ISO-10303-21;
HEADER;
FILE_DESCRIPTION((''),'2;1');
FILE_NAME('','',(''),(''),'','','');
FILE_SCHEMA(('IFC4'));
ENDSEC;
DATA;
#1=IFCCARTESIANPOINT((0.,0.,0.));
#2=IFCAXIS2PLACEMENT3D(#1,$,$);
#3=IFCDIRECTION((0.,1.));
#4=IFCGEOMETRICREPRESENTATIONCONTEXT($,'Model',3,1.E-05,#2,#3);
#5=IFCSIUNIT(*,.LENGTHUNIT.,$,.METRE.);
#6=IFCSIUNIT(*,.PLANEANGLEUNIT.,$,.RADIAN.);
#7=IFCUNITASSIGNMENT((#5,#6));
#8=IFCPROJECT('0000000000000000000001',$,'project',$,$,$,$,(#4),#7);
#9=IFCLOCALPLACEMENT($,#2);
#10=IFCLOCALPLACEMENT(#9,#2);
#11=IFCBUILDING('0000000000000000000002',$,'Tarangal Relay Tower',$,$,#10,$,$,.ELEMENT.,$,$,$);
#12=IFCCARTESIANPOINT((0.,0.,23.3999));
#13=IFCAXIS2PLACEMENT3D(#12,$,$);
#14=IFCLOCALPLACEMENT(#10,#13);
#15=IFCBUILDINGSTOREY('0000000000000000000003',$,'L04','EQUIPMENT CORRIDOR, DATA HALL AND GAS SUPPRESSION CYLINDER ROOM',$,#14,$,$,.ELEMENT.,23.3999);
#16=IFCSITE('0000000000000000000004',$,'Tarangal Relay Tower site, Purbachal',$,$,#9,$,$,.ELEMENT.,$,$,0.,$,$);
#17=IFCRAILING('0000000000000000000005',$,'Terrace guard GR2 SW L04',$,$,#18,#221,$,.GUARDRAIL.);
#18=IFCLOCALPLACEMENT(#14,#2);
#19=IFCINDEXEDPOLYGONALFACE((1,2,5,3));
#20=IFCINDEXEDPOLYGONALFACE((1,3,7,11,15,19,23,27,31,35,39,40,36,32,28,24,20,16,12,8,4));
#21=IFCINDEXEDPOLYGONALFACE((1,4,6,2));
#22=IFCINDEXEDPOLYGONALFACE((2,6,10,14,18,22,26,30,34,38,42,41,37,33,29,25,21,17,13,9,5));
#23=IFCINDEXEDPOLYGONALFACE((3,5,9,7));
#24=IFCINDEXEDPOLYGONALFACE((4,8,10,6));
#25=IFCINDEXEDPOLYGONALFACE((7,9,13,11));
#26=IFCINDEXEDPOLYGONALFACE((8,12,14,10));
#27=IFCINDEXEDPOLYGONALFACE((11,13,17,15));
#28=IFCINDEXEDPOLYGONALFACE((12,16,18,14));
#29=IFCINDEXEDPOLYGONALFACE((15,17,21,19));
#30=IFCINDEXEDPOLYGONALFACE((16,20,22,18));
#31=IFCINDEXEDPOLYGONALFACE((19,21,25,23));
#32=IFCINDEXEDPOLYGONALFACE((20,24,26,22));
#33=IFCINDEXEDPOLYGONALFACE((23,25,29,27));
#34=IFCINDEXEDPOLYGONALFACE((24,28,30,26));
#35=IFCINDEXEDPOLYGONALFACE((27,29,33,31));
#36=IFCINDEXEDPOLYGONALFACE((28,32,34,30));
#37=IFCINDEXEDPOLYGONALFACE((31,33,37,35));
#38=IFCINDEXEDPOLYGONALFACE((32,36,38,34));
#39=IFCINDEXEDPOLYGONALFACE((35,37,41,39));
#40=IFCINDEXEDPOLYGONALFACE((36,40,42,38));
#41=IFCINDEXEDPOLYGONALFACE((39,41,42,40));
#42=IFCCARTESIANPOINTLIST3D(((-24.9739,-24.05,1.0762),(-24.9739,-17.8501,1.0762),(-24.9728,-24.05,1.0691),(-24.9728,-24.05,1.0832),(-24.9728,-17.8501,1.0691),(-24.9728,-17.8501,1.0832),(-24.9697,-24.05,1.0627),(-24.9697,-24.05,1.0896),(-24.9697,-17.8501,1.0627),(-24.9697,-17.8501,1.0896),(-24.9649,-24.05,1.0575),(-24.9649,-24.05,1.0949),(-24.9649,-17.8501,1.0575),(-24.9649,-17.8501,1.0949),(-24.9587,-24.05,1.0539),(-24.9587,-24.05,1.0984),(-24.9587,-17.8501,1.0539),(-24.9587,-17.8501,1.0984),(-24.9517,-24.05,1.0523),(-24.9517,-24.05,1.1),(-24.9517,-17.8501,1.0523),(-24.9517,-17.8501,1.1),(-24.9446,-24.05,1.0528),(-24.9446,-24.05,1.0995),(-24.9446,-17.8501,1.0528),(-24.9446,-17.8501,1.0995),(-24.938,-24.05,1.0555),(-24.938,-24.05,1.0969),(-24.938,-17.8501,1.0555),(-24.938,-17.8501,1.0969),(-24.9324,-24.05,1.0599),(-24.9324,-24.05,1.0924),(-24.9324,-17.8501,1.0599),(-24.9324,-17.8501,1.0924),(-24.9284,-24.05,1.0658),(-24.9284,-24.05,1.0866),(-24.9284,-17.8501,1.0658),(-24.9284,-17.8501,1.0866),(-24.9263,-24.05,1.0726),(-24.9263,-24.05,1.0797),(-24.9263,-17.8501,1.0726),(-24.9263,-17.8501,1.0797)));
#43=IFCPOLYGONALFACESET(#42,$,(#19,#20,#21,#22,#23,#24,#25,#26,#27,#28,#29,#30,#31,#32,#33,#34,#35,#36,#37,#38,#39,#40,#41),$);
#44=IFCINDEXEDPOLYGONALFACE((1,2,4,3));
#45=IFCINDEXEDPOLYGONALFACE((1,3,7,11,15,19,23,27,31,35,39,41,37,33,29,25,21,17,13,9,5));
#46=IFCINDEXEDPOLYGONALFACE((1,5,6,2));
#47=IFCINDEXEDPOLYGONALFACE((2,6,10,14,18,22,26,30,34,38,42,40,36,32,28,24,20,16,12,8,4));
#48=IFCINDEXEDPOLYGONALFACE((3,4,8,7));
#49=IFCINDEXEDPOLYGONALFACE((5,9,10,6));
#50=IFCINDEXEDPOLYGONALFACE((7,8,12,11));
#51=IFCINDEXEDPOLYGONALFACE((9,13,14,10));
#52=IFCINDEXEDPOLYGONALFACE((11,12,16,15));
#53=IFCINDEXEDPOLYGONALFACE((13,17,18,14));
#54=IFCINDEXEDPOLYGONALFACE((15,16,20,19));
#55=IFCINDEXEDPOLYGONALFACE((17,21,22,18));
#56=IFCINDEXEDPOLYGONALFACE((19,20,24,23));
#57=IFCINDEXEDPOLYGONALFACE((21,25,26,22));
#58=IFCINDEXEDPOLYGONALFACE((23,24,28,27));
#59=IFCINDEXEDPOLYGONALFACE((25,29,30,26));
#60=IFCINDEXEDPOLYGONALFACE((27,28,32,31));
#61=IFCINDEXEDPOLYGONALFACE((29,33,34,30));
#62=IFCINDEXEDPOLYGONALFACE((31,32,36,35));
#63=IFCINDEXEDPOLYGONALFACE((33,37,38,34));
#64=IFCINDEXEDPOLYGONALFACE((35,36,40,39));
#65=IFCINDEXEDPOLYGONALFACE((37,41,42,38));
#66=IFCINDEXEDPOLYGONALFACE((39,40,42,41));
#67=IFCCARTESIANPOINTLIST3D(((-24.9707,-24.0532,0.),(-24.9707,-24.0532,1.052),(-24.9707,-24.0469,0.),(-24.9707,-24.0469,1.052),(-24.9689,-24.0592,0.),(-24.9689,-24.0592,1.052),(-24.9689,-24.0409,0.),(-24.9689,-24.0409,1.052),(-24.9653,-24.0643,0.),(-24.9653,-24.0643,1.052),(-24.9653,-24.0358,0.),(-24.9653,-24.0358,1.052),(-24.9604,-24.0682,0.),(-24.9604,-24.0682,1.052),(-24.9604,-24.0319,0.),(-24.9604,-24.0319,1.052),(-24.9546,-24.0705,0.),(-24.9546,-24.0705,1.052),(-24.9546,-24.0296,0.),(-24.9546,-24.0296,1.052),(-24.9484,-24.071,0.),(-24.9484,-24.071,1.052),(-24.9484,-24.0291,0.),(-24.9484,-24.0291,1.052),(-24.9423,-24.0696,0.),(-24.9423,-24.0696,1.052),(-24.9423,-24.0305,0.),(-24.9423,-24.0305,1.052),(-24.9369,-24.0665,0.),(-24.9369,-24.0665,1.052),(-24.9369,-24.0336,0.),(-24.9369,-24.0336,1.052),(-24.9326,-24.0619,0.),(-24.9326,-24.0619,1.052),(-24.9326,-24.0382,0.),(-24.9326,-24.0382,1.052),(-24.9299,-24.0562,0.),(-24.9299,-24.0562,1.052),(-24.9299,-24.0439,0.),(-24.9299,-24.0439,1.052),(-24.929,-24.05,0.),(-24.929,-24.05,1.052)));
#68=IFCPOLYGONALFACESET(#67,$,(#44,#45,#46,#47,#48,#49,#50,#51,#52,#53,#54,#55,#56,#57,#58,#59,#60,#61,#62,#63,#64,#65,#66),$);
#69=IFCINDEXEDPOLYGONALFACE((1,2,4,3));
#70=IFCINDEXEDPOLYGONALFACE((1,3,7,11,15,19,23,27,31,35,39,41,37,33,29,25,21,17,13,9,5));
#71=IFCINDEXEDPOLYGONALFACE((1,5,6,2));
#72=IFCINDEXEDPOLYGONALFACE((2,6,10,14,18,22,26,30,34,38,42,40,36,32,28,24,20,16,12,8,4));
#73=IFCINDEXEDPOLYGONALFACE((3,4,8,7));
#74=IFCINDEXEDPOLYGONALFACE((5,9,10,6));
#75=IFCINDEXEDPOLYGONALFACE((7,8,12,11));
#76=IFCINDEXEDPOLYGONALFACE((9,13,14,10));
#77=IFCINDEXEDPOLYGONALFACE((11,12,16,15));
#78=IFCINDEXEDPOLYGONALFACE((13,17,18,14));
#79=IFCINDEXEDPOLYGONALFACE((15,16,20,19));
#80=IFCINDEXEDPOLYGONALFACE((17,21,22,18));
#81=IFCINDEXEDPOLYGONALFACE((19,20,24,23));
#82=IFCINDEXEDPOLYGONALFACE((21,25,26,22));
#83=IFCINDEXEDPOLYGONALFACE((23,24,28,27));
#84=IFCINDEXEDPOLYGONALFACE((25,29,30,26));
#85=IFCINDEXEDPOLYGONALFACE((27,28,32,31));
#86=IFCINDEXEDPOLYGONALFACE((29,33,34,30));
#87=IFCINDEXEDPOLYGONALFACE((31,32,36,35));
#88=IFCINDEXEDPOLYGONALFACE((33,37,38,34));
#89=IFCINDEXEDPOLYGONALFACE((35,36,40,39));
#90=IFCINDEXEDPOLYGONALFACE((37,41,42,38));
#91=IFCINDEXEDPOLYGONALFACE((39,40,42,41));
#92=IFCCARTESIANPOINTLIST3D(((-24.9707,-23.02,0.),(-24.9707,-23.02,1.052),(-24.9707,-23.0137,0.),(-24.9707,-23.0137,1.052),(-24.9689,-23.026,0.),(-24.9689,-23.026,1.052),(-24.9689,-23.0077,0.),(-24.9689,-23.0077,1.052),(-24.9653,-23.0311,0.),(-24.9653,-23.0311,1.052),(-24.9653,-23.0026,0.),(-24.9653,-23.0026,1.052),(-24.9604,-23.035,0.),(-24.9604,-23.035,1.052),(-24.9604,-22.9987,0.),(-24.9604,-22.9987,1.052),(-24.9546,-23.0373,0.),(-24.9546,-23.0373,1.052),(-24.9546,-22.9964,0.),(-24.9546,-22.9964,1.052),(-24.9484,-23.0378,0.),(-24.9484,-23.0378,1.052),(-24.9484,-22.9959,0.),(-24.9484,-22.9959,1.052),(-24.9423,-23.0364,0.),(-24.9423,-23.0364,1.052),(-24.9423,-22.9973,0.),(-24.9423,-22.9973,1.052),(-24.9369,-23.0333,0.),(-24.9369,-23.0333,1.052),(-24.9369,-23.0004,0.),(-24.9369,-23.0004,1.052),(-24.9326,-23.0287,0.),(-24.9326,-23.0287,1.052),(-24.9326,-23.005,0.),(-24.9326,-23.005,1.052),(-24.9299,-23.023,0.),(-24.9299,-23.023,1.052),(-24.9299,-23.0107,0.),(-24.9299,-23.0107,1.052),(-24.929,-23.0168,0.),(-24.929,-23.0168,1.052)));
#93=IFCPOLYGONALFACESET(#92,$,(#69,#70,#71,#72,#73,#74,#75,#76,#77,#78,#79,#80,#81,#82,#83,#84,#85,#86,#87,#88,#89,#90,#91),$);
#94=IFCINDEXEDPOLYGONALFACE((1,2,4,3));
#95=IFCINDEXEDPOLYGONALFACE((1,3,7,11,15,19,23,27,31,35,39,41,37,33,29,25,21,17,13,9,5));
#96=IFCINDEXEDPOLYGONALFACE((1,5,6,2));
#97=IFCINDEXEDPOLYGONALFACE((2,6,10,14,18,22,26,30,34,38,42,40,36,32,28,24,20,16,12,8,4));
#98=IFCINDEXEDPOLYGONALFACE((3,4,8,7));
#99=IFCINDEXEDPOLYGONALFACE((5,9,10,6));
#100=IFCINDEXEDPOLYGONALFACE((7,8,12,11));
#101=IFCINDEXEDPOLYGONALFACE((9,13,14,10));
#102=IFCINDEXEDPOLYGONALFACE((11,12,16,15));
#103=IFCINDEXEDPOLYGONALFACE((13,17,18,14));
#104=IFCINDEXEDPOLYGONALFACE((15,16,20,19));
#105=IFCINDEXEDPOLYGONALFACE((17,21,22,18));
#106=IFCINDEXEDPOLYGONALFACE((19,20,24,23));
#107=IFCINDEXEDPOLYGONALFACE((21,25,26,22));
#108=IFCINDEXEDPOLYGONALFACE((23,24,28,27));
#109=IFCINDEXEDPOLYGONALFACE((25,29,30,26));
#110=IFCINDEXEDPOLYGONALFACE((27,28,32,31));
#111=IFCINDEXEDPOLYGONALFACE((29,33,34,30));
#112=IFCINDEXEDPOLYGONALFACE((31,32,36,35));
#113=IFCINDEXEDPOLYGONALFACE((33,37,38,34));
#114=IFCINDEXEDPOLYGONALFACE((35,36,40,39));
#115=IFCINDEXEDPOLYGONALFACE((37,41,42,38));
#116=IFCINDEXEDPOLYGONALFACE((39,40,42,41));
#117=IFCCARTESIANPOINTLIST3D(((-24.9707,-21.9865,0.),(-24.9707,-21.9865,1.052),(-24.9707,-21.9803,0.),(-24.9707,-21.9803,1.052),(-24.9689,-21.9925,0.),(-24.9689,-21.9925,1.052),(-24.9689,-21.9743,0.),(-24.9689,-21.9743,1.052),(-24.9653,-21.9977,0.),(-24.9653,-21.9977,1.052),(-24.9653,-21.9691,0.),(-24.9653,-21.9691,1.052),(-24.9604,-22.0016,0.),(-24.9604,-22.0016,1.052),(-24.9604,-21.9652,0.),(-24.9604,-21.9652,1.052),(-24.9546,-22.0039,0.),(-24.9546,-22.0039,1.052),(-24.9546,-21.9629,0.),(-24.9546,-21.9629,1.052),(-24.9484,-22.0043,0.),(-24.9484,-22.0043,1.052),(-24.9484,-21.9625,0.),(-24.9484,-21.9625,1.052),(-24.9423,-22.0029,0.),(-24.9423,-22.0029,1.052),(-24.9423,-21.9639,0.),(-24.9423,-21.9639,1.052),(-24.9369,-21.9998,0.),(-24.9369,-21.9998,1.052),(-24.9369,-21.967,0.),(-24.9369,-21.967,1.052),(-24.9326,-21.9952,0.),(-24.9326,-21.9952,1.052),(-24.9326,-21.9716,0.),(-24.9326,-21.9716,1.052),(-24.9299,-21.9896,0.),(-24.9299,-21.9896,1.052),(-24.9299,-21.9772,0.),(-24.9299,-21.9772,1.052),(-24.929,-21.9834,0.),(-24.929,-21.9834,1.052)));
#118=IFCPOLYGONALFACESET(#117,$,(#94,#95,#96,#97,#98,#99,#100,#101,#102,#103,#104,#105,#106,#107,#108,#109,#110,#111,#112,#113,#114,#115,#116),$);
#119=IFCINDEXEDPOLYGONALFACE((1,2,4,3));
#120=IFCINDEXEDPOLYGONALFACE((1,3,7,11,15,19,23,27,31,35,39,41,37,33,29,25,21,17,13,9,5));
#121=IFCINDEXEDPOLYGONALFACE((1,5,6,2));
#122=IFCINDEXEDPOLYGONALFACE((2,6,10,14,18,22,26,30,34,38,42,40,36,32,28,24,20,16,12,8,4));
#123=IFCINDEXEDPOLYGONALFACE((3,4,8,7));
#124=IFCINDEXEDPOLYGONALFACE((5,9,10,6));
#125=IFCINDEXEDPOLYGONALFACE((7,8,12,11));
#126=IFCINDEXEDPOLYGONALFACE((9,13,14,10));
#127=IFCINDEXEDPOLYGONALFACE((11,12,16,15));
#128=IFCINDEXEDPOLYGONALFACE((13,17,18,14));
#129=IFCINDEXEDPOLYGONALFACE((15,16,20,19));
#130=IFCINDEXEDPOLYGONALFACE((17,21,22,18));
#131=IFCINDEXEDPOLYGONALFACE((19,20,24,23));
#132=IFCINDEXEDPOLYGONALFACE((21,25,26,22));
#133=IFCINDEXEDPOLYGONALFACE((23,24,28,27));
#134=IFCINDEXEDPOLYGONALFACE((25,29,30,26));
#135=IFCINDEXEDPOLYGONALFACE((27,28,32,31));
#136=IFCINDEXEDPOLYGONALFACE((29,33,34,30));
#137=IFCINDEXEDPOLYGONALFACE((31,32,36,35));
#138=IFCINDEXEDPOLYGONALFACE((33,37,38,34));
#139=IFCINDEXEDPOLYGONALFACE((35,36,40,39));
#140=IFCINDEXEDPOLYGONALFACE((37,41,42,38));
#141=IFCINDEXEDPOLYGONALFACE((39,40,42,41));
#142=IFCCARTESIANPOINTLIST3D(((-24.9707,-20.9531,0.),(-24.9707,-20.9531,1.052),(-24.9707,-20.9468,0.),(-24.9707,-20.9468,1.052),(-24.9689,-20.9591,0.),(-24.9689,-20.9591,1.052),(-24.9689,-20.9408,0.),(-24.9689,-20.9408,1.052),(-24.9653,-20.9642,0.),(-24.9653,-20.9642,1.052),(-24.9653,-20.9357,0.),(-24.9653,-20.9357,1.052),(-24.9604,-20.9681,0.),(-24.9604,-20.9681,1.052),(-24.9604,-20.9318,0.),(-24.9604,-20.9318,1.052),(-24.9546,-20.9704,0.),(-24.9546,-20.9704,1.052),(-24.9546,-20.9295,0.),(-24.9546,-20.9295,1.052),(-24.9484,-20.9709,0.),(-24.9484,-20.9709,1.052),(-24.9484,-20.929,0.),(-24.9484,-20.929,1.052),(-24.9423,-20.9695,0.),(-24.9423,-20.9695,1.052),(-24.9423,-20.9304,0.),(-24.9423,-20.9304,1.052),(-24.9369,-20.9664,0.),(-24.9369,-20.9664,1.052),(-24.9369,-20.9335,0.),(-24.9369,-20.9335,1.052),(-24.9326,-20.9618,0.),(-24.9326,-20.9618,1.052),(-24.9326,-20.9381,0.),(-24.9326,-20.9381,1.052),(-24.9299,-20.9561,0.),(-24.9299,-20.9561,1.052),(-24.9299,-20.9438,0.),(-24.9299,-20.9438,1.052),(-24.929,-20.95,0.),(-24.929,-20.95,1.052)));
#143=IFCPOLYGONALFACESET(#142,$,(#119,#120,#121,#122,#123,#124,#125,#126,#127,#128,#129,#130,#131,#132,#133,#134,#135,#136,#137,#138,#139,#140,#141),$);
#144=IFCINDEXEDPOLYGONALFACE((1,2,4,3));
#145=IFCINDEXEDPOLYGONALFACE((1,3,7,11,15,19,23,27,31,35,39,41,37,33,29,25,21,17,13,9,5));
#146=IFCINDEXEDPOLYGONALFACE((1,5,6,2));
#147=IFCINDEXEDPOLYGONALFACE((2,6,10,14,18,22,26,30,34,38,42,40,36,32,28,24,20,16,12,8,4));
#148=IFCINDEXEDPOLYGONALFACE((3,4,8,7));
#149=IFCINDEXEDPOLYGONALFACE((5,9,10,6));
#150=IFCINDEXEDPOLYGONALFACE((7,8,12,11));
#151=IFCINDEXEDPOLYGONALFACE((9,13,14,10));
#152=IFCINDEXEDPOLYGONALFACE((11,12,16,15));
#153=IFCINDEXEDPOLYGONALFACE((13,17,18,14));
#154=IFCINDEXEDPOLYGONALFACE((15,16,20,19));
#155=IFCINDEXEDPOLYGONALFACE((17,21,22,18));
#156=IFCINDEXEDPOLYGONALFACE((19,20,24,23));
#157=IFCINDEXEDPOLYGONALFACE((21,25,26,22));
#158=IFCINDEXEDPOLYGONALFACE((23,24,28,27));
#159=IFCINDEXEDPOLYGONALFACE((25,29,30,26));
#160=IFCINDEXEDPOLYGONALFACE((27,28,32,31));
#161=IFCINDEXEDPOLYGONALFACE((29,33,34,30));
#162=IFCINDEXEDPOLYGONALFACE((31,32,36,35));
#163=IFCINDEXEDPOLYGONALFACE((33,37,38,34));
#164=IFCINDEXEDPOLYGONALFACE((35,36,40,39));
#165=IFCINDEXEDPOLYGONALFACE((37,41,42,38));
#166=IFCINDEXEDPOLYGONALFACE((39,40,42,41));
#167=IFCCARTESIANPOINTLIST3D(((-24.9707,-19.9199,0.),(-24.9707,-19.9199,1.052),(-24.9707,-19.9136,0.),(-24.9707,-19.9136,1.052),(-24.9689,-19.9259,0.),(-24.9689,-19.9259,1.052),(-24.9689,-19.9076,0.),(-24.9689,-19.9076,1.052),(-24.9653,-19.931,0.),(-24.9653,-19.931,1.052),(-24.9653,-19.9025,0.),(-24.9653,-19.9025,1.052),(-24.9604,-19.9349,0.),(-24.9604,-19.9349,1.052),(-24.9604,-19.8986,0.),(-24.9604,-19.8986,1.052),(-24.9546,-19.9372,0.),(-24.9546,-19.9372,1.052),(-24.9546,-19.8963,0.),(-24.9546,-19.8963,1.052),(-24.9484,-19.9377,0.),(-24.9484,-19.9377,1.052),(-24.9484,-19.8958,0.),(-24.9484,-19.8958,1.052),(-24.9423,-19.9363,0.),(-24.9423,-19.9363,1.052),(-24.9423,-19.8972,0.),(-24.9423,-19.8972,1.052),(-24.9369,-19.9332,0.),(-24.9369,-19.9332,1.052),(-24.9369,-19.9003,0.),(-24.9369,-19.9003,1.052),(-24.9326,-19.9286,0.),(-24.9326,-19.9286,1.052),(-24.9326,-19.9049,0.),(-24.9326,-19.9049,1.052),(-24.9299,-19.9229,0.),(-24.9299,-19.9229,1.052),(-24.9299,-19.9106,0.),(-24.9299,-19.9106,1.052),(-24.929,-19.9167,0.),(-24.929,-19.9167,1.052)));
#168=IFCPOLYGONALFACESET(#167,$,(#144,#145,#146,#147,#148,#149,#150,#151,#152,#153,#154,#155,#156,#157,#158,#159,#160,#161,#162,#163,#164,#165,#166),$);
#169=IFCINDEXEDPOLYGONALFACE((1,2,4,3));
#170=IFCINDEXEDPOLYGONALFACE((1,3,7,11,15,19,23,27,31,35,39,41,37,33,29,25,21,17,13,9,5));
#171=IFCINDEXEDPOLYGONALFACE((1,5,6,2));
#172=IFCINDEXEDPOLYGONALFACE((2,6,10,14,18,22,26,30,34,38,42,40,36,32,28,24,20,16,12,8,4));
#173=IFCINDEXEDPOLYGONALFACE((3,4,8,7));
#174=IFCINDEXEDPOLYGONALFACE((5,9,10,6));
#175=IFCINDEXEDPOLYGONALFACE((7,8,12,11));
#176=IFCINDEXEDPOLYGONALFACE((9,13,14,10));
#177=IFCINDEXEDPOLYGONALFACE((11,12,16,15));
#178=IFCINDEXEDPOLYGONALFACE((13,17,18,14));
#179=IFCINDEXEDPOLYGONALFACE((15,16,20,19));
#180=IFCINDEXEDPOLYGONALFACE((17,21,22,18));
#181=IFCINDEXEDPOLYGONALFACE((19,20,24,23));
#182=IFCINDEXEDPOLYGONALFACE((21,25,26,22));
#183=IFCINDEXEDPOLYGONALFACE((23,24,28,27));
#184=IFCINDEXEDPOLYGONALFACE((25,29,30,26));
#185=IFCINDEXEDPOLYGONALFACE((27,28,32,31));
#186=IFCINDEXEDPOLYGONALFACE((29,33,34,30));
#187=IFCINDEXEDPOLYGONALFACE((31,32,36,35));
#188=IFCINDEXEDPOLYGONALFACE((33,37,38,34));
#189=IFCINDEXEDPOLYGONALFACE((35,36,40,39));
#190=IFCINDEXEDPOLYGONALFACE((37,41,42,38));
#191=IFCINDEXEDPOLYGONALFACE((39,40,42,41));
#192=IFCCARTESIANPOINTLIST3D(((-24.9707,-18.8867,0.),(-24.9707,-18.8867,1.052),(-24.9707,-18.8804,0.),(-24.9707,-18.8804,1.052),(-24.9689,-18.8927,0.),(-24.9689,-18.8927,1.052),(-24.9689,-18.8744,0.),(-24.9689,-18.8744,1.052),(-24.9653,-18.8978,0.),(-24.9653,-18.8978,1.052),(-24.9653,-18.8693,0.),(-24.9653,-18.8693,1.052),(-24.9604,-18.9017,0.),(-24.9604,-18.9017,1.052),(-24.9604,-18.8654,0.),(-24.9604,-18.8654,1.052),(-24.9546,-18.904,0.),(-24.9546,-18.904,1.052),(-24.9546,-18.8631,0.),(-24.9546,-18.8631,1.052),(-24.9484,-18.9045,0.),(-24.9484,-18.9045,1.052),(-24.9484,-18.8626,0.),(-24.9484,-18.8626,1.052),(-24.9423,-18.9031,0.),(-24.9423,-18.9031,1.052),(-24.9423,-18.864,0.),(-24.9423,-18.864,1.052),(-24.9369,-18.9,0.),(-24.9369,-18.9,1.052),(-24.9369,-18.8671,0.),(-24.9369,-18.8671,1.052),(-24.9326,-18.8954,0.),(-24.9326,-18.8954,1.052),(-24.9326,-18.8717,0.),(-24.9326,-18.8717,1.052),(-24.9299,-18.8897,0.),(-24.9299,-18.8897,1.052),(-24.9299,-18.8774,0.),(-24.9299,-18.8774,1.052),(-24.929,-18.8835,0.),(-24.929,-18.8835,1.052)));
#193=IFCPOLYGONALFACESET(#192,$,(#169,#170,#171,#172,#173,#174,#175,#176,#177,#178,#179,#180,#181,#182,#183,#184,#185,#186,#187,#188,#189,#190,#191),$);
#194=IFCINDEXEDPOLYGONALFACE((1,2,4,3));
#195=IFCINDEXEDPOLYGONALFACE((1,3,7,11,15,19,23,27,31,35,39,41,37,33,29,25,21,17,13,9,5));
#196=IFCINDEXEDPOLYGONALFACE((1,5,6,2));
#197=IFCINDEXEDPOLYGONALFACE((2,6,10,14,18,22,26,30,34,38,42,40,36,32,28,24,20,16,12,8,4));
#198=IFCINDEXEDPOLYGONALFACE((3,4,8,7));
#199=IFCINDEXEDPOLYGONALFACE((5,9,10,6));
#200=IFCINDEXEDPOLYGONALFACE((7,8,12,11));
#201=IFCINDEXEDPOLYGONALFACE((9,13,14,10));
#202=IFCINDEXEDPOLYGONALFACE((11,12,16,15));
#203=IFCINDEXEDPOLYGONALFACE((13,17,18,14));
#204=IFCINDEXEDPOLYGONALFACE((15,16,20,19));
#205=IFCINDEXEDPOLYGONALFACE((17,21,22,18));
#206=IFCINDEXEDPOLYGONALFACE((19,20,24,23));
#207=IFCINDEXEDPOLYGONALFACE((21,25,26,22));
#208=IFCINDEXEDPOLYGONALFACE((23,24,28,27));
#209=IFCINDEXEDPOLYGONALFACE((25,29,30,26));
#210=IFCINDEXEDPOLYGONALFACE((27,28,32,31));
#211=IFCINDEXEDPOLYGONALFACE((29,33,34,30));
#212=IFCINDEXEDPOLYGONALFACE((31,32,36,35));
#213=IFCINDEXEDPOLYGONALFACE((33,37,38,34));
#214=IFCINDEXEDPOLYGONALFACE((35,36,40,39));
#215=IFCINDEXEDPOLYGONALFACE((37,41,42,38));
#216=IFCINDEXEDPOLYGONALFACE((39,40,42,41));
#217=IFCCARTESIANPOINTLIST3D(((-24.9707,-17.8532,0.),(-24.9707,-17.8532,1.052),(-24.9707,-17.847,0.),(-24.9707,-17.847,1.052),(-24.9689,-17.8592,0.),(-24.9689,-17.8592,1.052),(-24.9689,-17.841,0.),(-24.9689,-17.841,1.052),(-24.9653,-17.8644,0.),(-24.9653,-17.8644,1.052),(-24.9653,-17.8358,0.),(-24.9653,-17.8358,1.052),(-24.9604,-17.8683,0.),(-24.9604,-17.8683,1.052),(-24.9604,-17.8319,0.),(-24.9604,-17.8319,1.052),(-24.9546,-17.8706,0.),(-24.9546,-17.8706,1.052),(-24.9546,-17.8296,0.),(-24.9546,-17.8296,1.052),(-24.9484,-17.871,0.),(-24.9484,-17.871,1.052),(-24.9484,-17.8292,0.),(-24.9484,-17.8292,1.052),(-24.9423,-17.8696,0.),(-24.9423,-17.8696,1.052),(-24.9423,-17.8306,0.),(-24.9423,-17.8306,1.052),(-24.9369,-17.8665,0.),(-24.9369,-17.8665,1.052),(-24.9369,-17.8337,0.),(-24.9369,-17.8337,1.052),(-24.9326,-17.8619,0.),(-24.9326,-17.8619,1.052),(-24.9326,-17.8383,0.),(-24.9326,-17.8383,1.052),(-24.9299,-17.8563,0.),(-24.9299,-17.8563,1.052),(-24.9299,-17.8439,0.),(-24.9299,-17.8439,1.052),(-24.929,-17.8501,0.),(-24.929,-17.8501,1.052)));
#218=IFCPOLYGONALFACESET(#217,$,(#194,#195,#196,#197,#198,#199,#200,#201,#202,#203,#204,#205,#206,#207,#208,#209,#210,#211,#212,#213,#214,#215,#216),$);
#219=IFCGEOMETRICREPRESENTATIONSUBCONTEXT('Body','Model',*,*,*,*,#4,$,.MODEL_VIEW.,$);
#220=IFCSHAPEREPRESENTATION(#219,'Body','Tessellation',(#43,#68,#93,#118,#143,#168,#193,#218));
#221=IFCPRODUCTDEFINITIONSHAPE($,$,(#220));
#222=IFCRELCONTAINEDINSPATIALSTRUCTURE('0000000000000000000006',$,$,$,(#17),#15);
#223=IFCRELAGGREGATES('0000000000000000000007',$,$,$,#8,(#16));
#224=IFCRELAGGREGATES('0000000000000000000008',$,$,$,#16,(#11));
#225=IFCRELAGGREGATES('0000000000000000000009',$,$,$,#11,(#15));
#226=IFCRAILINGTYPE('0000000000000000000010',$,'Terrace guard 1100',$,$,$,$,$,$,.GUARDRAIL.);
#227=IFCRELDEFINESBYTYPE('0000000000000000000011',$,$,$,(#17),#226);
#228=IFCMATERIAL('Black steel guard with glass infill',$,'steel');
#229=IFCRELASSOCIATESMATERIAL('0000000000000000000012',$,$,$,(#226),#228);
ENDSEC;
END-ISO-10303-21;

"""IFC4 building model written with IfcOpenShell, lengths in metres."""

from ifc_helpers import new_model, si_unit, direction, frame, origin, origin_2d, place, context, subcontext, project, spatial, circle, extrude, material, type_object, element, save


model = new_model("IFC4")

# Units and contexts
model_context = context("Model", 3, precision=1e-05, world=origin(), true_north=direction((0.0, 1.0)))
body_context = subcontext(model_context, "Body", "Model", "MODEL_VIEW")
ifc_project = project(units=[si_unit("LENGTHUNIT", "METRE"), si_unit("PLANEANGLEUNIT", "RADIAN")], contexts=[model_context])

# Site, building, storey
site_placement = place(None, origin())
site = spatial("IfcSite", under=ifc_project, at=site_placement, Name="Tarangal Relay Tower site, Purbachal", CompositionType="ELEMENT", RefElevation=0.0)
building_placement = place(site_placement, origin())
building = spatial("IfcBuilding", under=site, at=building_placement, Name="Tarangal Relay Tower", CompositionType="ELEMENT")
storey_placement = place(building_placement, frame((0.0, 0.0, 23.3999)))
storey = spatial("IfcBuildingStorey", under=building, at=storey_placement, Name="L04", Description="EQUIPMENT CORRIDOR, DATA HALL AND GAS SUPPRESSION CYLINDER ROOM", CompositionType="ELEMENT", Elevation=23.3999)

# Railing
ifc_material_1 = material(Name="Black steel guard with glass infill", Category="steel")
railing_type = type_object("IfcRailingType", Name="Terrace guard 1100", PredefinedType="GUARDRAIL", material=ifc_material_1)
railing_placement = place(storey_placement, frame((-24.95, -24.05, 0.0)))
element("IfcRailing", 1, at=railing_placement, inside=storey, type_object=railing_type, Name="Terrace guard GR2 SW L04", PredefinedType="GUARDRAIL", context=body_context, shape_type="SweptSolid", body=[
    extrude(circle(Radius=0.0239, at=origin_2d()), frame((0.0, 0.0, 1.0762), z_axis=(0.0, 1.0, 0.0), x_axis=(-1.0, 0.0, 0.0)), (0.0, 0.0, 1.0), 6.2),
    extrude(circle(Radius=0.021, at=origin_2d()), origin(), (0.0, 0.0, 1.0), 1.052),
    extrude(circle(Radius=0.021, at=origin_2d()), frame((0.0, 1.0332, 0.0)), (0.0, 0.0, 1.0), 1.052),
    extrude(circle(Radius=0.021, at=origin_2d()), frame((0.0, 2.0667, 0.0)), (0.0, 0.0, 1.0), 1.052),
    extrude(circle(Radius=0.021, at=origin_2d()), frame((0.0, 3.1001, 0.0)), (0.0, 0.0, 1.0), 1.052),
    extrude(circle(Radius=0.021, at=origin_2d()), frame((0.0, 4.1333, 0.0)), (0.0, 0.0, 1.0), 1.052),
    extrude(circle(Radius=0.021, at=origin_2d()), frame((0.0, 5.1665, 0.0)), (0.0, 0.0, 1.0), 1.052),
    extrude(circle(Radius=0.021, at=origin_2d()), frame((0.0, 6.2, 0.0)), (0.0, 0.0, 1.0), 1.052),
])

save(model, "model.ifc")
